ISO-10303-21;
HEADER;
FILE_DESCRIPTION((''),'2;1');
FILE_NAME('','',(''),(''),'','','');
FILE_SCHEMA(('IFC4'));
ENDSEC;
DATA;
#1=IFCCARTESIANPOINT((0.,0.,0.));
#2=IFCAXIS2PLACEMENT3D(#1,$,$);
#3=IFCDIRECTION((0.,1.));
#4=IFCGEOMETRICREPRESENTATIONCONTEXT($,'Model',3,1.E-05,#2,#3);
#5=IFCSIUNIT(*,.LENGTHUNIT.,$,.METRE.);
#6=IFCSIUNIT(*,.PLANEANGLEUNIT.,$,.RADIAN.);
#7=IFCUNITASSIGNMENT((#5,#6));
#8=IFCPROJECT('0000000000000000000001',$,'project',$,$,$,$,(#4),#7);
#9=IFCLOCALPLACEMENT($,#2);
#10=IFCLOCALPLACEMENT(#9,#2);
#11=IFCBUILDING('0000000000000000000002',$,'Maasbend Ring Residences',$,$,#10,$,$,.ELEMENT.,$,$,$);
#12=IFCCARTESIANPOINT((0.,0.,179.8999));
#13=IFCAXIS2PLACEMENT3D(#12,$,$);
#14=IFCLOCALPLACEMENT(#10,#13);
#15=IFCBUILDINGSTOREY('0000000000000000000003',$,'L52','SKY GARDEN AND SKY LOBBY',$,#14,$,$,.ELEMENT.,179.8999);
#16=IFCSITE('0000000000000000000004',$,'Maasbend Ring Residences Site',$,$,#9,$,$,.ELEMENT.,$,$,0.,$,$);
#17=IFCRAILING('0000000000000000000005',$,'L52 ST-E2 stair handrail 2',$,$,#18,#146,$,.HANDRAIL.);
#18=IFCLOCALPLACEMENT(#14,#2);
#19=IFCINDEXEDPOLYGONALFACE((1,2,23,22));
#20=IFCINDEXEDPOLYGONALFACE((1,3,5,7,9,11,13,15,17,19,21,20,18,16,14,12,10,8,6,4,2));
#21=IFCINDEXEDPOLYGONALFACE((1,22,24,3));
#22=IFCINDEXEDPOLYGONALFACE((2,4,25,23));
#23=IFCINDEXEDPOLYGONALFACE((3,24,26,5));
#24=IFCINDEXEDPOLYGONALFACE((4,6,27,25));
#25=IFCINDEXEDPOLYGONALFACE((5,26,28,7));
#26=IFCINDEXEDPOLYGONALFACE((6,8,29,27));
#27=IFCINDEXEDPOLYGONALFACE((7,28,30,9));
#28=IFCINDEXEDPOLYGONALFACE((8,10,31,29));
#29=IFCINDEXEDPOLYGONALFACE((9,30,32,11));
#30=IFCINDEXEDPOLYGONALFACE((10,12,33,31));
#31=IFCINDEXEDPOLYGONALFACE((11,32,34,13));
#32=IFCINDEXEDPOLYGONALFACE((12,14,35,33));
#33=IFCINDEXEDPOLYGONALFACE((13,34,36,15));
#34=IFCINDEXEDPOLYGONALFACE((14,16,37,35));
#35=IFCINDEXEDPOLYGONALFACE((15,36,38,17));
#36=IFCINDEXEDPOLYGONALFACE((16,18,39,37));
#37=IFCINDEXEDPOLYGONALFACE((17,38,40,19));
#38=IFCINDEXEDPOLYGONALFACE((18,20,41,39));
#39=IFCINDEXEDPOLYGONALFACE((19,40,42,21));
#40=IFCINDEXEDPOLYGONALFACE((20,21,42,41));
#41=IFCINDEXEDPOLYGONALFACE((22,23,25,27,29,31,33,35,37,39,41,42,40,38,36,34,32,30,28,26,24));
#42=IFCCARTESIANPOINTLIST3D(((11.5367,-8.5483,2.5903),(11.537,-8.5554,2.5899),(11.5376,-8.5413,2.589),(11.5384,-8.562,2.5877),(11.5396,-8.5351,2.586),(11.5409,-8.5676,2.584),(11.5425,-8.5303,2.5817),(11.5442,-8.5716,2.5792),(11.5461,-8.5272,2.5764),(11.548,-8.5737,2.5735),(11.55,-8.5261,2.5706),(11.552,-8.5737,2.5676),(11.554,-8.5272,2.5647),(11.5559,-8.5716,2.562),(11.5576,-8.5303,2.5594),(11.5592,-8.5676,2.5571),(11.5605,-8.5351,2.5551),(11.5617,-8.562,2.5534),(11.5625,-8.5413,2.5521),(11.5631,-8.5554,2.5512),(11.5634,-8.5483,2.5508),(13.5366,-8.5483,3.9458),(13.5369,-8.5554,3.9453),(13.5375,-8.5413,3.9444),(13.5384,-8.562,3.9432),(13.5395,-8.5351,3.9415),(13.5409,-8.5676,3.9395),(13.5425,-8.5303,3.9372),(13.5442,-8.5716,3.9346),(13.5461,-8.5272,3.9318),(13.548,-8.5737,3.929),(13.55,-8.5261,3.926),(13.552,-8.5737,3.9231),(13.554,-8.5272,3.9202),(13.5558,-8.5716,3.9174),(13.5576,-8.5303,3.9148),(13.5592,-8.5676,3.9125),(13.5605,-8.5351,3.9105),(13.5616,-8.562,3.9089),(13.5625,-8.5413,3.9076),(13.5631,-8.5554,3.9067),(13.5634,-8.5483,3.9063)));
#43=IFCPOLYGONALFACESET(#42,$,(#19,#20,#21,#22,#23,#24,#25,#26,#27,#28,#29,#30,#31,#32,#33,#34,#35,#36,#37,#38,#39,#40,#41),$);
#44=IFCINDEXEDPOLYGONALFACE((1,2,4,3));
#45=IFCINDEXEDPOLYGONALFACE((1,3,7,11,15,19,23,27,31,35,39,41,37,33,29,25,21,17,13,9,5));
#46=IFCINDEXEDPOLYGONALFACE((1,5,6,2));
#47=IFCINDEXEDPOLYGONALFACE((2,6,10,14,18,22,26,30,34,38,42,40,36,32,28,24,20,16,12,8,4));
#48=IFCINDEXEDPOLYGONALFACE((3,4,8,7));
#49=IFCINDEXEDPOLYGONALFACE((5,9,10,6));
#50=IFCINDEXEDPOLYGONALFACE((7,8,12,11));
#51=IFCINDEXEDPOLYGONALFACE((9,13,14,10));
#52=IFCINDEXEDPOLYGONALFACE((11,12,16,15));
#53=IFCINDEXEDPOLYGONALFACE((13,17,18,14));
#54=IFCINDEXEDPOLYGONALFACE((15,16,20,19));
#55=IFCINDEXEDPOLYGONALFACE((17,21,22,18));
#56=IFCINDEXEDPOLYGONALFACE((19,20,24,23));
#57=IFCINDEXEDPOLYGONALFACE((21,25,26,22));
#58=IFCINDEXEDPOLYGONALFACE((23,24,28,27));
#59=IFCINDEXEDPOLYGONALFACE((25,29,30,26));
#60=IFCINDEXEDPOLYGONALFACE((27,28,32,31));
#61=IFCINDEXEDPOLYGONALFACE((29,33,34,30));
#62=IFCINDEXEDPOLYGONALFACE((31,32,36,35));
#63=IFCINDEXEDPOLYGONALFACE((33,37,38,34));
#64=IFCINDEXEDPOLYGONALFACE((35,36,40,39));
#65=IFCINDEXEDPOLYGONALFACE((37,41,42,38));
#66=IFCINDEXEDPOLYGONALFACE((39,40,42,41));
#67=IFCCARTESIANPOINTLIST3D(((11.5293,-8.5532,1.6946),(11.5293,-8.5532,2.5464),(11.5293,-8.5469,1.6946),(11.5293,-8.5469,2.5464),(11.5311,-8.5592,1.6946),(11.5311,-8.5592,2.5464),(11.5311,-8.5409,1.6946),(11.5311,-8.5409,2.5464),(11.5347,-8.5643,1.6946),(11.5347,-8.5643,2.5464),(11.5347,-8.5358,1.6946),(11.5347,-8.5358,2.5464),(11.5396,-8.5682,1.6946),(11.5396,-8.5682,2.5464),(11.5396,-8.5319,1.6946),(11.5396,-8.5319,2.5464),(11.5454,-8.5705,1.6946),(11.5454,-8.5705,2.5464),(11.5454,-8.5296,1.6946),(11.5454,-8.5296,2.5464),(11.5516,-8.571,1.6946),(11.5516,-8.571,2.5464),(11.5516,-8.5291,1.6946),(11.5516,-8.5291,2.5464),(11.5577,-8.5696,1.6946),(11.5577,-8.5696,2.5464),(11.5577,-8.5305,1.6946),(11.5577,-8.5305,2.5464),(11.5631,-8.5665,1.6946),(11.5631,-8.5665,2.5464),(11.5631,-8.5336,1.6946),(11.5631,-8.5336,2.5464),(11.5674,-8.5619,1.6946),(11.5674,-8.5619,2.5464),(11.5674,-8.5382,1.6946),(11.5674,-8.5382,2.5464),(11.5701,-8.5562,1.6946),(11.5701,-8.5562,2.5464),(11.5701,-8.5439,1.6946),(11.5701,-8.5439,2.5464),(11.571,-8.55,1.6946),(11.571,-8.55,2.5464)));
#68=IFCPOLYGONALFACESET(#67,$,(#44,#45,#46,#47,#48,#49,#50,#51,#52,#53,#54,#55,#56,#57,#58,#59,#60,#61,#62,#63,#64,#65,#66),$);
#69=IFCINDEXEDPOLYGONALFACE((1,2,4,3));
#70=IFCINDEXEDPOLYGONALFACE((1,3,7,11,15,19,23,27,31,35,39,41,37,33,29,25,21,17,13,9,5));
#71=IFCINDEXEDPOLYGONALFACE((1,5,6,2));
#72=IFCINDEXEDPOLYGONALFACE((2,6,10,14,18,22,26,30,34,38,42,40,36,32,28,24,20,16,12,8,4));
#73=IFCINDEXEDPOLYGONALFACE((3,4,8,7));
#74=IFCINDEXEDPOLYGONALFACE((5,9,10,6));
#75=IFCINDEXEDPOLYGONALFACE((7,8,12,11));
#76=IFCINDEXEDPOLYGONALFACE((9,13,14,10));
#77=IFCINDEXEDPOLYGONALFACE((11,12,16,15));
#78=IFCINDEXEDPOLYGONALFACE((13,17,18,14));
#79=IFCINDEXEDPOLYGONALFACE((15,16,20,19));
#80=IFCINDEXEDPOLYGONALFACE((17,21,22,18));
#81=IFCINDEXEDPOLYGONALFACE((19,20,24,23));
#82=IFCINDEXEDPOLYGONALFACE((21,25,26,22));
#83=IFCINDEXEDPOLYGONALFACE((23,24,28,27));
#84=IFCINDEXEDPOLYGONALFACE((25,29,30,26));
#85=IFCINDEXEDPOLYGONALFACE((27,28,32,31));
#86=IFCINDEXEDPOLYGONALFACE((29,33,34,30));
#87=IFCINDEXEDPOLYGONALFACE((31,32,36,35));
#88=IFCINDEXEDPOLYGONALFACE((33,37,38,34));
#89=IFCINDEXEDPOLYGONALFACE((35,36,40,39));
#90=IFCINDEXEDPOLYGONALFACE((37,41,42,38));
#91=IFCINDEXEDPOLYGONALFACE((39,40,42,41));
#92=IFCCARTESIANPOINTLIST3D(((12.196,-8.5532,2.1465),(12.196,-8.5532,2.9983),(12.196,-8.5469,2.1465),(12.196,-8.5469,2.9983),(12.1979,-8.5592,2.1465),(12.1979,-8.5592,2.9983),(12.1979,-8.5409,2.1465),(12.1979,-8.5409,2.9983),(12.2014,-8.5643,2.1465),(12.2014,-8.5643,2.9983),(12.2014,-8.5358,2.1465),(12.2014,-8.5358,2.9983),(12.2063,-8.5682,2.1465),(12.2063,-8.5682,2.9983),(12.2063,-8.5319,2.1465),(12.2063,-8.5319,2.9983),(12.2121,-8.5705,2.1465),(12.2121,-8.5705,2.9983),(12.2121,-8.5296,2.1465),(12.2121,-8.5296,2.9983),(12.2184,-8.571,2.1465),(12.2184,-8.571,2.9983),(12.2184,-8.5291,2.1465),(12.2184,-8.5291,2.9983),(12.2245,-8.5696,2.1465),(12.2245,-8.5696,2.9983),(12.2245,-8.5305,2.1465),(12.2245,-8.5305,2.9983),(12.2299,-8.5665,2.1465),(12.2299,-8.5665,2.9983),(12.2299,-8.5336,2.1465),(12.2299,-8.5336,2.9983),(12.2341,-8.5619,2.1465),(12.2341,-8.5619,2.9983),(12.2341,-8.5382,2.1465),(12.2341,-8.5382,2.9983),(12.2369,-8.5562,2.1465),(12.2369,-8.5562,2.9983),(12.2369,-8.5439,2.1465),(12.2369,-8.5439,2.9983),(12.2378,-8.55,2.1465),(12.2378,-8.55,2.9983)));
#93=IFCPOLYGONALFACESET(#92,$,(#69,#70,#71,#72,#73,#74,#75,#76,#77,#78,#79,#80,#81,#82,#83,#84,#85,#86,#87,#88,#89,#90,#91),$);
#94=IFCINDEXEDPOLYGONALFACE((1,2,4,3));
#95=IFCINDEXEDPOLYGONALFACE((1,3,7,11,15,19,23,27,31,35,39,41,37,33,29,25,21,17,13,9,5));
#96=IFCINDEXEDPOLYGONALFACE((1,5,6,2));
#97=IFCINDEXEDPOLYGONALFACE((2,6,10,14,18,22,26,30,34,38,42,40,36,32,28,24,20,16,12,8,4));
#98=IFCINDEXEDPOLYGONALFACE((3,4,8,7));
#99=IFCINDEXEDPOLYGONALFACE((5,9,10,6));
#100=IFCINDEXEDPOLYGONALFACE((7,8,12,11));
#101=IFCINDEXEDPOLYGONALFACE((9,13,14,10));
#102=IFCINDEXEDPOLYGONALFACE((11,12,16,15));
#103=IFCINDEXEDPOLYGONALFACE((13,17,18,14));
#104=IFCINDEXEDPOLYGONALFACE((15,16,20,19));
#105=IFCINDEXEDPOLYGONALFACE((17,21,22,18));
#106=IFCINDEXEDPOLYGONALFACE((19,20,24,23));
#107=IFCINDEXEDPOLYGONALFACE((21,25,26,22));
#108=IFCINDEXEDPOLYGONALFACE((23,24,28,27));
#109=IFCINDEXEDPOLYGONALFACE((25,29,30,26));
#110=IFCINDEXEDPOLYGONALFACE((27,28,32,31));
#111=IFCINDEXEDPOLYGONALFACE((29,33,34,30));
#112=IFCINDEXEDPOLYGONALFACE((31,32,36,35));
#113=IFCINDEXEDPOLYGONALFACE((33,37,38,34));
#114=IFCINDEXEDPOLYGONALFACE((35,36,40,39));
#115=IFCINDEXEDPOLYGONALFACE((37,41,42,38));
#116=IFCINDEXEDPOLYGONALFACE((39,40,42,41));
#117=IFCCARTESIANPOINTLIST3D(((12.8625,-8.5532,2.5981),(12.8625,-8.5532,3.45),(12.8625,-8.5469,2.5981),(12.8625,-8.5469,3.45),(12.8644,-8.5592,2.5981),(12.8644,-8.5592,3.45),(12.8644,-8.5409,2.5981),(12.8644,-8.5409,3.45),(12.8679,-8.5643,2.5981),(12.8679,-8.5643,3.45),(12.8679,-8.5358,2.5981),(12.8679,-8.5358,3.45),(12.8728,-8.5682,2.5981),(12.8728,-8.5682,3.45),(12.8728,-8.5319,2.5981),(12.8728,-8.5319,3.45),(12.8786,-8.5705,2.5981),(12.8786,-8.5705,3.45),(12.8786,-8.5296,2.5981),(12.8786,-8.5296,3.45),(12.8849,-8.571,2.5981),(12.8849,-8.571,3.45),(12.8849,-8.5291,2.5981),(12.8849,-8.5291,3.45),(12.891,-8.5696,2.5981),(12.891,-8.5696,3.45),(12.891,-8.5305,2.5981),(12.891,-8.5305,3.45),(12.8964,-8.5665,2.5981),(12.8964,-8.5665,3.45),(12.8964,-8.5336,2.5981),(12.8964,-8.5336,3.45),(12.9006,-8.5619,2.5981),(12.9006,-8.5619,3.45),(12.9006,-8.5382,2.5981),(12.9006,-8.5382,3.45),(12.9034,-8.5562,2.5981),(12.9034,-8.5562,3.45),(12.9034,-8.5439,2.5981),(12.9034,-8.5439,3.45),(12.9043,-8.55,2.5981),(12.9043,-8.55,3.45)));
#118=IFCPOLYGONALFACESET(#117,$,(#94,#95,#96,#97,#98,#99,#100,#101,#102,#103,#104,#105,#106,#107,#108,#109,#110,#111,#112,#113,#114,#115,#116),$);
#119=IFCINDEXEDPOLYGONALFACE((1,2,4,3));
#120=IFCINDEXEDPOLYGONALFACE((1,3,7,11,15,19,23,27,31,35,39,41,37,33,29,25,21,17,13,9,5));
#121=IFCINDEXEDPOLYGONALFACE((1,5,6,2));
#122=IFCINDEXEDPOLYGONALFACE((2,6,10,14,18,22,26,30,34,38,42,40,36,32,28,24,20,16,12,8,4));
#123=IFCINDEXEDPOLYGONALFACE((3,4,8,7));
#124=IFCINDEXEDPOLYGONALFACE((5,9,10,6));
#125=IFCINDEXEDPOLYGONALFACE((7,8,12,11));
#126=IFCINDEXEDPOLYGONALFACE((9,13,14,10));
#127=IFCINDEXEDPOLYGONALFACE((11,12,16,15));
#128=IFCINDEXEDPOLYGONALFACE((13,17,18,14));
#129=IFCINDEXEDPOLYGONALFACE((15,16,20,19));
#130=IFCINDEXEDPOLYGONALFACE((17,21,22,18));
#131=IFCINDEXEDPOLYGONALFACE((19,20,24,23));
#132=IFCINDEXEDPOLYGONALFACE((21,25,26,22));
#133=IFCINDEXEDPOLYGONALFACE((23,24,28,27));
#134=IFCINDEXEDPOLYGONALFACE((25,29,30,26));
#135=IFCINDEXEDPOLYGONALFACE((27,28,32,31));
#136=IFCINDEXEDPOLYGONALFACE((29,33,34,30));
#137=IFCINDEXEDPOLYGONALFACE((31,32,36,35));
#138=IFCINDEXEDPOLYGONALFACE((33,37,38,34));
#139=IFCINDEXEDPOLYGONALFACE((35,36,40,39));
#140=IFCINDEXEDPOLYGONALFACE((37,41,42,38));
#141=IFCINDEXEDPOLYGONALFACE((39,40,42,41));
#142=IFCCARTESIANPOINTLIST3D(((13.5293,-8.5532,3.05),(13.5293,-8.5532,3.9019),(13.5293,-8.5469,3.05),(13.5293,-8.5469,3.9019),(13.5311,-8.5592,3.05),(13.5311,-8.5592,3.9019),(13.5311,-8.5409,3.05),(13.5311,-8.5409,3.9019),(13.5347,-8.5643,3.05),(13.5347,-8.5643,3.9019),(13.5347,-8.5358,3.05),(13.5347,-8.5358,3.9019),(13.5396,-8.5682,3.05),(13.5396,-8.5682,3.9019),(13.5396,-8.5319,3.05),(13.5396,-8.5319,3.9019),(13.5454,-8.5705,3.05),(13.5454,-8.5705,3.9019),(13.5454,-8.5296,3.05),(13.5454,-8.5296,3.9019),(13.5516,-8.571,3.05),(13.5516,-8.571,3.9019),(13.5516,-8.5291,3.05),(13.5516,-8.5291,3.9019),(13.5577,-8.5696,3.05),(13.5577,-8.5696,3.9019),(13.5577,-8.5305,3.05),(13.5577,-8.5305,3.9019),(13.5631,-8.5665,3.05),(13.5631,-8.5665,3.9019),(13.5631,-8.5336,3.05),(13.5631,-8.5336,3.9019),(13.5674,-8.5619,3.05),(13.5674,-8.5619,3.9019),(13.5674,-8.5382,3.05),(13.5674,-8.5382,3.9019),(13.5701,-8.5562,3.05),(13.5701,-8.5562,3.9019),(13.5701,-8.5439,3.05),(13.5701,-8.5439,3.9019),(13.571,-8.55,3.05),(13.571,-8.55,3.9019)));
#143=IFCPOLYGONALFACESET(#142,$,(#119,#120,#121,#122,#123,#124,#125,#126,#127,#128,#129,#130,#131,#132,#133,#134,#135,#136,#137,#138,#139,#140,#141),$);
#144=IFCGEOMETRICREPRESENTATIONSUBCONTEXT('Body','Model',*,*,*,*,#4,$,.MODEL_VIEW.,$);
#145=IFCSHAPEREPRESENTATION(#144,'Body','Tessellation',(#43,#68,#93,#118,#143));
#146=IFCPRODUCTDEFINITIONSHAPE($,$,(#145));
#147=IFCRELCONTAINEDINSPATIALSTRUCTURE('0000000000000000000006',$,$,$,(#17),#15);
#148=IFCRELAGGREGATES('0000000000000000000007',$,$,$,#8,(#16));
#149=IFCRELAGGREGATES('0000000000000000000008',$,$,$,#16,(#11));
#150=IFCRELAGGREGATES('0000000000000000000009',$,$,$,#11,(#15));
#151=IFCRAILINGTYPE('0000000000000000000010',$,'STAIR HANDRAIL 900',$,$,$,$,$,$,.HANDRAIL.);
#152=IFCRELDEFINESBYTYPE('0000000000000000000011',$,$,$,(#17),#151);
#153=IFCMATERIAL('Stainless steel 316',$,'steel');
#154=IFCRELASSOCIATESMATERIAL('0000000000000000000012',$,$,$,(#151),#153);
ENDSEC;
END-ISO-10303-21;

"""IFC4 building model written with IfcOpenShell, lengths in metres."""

from ifc_helpers import new_model, si_unit, direction, frame, origin, origin_2d, place, context, subcontext, project, spatial, circle, extrude, material, type_object, element, save


model = new_model("IFC4")

# Units and contexts
model_context = context("Model", 3, precision=1e-05, world=origin(), true_north=direction((0.0, 1.0)))
body_context = subcontext(model_context, "Body", "Model", "MODEL_VIEW")
ifc_project = project(units=[si_unit("LENGTHUNIT", "METRE"), si_unit("PLANEANGLEUNIT", "RADIAN")], contexts=[model_context])

# Site, building, storey
site_placement = place(None, origin())
site = spatial("IfcSite", under=ifc_project, at=site_placement, Name="Maasbend Ring Residences Site", CompositionType="ELEMENT", RefElevation=0.0)
building_placement = place(site_placement, origin())
building = spatial("IfcBuilding", under=site, at=building_placement, Name="Maasbend Ring Residences", CompositionType="ELEMENT")
storey_placement = place(building_placement, frame((0.0, 0.0, 179.8999)))
storey = spatial("IfcBuildingStorey", under=building, at=storey_placement, Name="L52", Description="SKY GARDEN AND SKY LOBBY", CompositionType="ELEMENT", Elevation=179.8999)

# Railing
ifc_material_1 = material(Name="Stainless steel 316", Category="steel")
railing_type_1 = type_object("IfcRailingType", Name="STAIR HANDRAIL 900", PredefinedType="HANDRAIL", material=ifc_material_1)
railing_1_placement = place(storey_placement, frame((11.55, -8.55, 1.6946)))
element("IfcRailing", 1, at=railing_1_placement, inside=storey, type_object=railing_type_1, Name="L52 ST-E2 stair handrail 2", PredefinedType="HANDRAIL", context=body_context, shape_type="SweptSolid", body=[
    extrude(circle(Radius=0.0239, at=origin_2d()), frame((0.0, 0.0, 0.876), z_axis=(0.827798, 0.0, 0.561027), x_axis=(0.0, 1.0, 0.0)), (0.0, 0.0, 1.0), 2.416),
    extrude(circle(Radius=0.021, at=origin_2d()), origin(), (0.0, 0.0, 1.0), 0.8518),
    extrude(circle(Radius=0.021, at=origin_2d()), frame((0.6667, 0.0, 0.4519)), (0.0, 0.0, 1.0), 0.8518),
    extrude(circle(Radius=0.021, at=origin_2d()), frame((1.3333, 0.0, 0.9036)), (0.0, 0.0, 1.0), 0.8518),
    extrude(circle(Radius=0.021, at=origin_2d()), frame((2.0, 0.0, 1.3555)), (0.0, 0.0, 1.0), 0.8518),
])

save(model, "model.ifc")
